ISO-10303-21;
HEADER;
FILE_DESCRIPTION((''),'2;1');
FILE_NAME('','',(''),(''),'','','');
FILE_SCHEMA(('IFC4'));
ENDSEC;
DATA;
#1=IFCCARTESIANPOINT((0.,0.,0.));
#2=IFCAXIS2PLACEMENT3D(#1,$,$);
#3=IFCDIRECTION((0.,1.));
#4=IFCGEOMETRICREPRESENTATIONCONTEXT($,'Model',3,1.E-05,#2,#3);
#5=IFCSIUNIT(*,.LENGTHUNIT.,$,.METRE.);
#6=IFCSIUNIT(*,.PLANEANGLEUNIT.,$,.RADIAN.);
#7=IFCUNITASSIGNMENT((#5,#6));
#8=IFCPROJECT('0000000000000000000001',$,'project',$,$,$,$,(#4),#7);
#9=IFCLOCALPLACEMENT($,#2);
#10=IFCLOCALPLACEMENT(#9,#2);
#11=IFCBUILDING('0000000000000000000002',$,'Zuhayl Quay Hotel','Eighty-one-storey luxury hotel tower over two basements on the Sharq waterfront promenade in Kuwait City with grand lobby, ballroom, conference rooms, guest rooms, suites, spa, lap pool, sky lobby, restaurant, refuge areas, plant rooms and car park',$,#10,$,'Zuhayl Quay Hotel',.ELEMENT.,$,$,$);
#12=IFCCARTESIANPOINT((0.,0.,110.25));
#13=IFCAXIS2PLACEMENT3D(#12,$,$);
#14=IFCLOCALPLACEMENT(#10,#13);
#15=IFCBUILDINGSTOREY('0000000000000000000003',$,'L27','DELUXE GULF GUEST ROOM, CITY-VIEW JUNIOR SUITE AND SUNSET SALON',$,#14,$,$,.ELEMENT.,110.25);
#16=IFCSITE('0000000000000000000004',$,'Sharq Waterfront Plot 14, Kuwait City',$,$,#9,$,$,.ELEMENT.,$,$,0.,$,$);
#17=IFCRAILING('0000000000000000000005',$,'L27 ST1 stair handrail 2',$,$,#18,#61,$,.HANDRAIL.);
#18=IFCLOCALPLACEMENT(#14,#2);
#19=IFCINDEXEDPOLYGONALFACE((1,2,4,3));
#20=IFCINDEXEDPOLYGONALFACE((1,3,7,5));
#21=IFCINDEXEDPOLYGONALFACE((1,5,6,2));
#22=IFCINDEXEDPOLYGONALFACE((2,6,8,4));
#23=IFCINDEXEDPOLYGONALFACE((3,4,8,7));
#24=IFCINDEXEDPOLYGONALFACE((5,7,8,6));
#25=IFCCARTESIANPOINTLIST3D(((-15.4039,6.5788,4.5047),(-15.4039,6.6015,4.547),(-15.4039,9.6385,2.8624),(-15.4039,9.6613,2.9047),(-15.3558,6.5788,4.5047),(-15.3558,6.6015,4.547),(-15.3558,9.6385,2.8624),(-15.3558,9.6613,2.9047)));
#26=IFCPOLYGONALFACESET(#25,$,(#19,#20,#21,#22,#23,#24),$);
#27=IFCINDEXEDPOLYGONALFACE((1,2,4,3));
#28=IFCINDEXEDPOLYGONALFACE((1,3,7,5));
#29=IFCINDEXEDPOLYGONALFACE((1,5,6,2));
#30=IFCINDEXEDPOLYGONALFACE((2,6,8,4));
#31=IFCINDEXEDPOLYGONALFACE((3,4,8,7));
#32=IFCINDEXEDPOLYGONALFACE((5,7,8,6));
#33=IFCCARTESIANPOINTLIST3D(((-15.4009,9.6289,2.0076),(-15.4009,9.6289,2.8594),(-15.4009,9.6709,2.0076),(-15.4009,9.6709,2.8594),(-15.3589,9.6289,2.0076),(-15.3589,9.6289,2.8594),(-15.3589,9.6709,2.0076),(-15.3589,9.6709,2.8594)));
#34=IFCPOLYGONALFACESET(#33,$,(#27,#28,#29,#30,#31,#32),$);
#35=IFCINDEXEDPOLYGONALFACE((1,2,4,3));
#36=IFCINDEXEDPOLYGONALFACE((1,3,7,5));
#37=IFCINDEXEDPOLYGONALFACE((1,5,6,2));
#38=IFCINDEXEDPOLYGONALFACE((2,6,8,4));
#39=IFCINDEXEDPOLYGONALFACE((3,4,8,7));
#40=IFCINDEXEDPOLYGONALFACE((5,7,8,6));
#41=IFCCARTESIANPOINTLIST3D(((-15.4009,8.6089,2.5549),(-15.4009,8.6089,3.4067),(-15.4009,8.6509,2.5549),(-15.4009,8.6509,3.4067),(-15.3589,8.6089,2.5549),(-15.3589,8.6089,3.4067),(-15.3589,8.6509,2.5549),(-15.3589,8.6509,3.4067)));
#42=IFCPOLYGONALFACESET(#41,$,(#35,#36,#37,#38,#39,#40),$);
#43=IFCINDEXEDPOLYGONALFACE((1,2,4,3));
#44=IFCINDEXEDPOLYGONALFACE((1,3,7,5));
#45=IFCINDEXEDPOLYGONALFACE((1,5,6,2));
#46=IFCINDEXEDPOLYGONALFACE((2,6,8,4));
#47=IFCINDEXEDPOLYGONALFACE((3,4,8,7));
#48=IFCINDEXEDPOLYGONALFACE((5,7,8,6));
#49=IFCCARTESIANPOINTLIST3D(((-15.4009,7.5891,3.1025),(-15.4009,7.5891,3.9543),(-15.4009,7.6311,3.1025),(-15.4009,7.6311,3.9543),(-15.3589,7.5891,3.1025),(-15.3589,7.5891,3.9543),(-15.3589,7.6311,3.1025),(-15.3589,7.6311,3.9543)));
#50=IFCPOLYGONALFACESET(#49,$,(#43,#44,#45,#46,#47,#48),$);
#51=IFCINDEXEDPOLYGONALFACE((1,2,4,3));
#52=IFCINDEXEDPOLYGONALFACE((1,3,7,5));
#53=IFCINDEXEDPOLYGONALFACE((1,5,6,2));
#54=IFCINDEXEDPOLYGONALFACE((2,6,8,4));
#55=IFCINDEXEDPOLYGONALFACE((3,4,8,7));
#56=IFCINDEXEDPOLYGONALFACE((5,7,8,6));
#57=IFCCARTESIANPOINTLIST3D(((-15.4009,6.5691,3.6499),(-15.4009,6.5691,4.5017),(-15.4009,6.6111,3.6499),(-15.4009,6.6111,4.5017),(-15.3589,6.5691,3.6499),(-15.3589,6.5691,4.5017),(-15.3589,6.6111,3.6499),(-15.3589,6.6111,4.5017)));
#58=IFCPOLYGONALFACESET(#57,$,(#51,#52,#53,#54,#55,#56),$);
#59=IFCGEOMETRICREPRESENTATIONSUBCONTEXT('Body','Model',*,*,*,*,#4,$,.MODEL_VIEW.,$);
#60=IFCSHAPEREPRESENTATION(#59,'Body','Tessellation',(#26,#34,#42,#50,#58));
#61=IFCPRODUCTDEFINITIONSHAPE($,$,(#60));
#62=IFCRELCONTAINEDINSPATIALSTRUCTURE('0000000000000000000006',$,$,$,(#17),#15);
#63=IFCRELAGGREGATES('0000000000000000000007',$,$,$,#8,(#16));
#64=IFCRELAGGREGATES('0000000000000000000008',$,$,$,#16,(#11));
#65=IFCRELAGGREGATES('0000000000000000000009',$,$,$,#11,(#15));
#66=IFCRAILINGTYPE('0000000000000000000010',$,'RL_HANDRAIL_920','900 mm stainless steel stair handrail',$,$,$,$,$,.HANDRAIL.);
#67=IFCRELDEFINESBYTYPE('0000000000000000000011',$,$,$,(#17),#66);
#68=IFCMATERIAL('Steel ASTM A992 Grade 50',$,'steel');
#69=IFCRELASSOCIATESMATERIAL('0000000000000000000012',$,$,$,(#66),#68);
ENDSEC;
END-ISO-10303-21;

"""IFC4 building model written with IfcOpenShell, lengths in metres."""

from ifc_helpers import new_model, si_unit, direction, frame, origin, origin_2d, place, context, subcontext, project, spatial, rectangle, extrude, material, type_object, element, save


model = new_model("IFC4")

# Units and contexts
model_context = context("Model", 3, precision=1e-05, world=origin(), true_north=direction((0.0, 1.0)))
body_context = subcontext(model_context, "Body", "Model", "MODEL_VIEW")
ifc_project = project(units=[si_unit("LENGTHUNIT", "METRE"), si_unit("PLANEANGLEUNIT", "RADIAN")], contexts=[model_context])

# Site, building, storey
site_placement = place(None, origin())
site = spatial("IfcSite", under=ifc_project, at=site_placement, Name="Sharq Waterfront Plot 14, Kuwait City", CompositionType="ELEMENT", RefElevation=0.0)
building_placement = place(site_placement, origin())
building = spatial("IfcBuilding", under=site, at=building_placement, Name="Zuhayl Quay Hotel", Description="Eighty-one-storey luxury hotel tower over two basements on the Sharq waterfront promenade in Kuwait City with grand lobby, ballroom, conference rooms, guest rooms, suites, spa, lap pool, sky lobby, restaurant, refuge areas, plant rooms and car park", LongName="Zuhayl Quay Hotel", CompositionType="ELEMENT")
storey_placement = place(building_placement, frame((0.0, 0.0, 110.25)))
storey = spatial("IfcBuildingStorey", under=building, at=storey_placement, Name="L27", Description="DELUXE GULF GUEST ROOM, CITY-VIEW JUNIOR SUITE AND SUNSET SALON", CompositionType="ELEMENT", Elevation=110.25)

# Shared definitions
ifc_material_1 = material(Name="Steel ASTM A992 Grade 50", Category="steel")

# Railing
railing_type_1 = type_object("IfcRailingType", Name="RL_HANDRAIL_920", Description="900 mm stainless steel stair handrail", PredefinedType="HANDRAIL", material=ifc_material_1)
railing_1_placement = place(storey_placement, frame((-15.3799, 9.6499, 2.0076)))
element("IfcRailing", 1, at=railing_1_placement, inside=storey, type_object=railing_type_1, Name="L27 ST1 stair handrail 2", PredefinedType="HANDRAIL", context=body_context, shape_type="SweptSolid", body=[
    extrude(rectangle(XDim=0.0481, YDim=0.0481, at=origin_2d()), frame((0.0, 0.0, 0.876), z_axis=(0.0, -0.881102, 0.472926), x_axis=(1.0, 0.0, 0.0)), (0.0, 0.0, 1.0), 3.4727),
    extrude(rectangle(XDim=0.042, YDim=0.042, at=origin_2d()), origin(), (0.0, 0.0, 1.0), 0.8518),
    extrude(rectangle(XDim=0.042, YDim=0.042, at=origin_2d()), frame((0.0, -1.02, 0.5474)), (0.0, 0.0, 1.0), 0.8518),
    extrude(rectangle(XDim=0.042, YDim=0.042, at=origin_2d()), frame((0.0, -2.0398, 1.095)), (0.0, 0.0, 1.0), 0.8518),
    extrude(rectangle(XDim=0.042, YDim=0.042, at=origin_2d()), frame((0.0, -3.0598, 1.6423)), (0.0, 0.0, 1.0), 0.8518),
])

save(model, "model.ifc")
